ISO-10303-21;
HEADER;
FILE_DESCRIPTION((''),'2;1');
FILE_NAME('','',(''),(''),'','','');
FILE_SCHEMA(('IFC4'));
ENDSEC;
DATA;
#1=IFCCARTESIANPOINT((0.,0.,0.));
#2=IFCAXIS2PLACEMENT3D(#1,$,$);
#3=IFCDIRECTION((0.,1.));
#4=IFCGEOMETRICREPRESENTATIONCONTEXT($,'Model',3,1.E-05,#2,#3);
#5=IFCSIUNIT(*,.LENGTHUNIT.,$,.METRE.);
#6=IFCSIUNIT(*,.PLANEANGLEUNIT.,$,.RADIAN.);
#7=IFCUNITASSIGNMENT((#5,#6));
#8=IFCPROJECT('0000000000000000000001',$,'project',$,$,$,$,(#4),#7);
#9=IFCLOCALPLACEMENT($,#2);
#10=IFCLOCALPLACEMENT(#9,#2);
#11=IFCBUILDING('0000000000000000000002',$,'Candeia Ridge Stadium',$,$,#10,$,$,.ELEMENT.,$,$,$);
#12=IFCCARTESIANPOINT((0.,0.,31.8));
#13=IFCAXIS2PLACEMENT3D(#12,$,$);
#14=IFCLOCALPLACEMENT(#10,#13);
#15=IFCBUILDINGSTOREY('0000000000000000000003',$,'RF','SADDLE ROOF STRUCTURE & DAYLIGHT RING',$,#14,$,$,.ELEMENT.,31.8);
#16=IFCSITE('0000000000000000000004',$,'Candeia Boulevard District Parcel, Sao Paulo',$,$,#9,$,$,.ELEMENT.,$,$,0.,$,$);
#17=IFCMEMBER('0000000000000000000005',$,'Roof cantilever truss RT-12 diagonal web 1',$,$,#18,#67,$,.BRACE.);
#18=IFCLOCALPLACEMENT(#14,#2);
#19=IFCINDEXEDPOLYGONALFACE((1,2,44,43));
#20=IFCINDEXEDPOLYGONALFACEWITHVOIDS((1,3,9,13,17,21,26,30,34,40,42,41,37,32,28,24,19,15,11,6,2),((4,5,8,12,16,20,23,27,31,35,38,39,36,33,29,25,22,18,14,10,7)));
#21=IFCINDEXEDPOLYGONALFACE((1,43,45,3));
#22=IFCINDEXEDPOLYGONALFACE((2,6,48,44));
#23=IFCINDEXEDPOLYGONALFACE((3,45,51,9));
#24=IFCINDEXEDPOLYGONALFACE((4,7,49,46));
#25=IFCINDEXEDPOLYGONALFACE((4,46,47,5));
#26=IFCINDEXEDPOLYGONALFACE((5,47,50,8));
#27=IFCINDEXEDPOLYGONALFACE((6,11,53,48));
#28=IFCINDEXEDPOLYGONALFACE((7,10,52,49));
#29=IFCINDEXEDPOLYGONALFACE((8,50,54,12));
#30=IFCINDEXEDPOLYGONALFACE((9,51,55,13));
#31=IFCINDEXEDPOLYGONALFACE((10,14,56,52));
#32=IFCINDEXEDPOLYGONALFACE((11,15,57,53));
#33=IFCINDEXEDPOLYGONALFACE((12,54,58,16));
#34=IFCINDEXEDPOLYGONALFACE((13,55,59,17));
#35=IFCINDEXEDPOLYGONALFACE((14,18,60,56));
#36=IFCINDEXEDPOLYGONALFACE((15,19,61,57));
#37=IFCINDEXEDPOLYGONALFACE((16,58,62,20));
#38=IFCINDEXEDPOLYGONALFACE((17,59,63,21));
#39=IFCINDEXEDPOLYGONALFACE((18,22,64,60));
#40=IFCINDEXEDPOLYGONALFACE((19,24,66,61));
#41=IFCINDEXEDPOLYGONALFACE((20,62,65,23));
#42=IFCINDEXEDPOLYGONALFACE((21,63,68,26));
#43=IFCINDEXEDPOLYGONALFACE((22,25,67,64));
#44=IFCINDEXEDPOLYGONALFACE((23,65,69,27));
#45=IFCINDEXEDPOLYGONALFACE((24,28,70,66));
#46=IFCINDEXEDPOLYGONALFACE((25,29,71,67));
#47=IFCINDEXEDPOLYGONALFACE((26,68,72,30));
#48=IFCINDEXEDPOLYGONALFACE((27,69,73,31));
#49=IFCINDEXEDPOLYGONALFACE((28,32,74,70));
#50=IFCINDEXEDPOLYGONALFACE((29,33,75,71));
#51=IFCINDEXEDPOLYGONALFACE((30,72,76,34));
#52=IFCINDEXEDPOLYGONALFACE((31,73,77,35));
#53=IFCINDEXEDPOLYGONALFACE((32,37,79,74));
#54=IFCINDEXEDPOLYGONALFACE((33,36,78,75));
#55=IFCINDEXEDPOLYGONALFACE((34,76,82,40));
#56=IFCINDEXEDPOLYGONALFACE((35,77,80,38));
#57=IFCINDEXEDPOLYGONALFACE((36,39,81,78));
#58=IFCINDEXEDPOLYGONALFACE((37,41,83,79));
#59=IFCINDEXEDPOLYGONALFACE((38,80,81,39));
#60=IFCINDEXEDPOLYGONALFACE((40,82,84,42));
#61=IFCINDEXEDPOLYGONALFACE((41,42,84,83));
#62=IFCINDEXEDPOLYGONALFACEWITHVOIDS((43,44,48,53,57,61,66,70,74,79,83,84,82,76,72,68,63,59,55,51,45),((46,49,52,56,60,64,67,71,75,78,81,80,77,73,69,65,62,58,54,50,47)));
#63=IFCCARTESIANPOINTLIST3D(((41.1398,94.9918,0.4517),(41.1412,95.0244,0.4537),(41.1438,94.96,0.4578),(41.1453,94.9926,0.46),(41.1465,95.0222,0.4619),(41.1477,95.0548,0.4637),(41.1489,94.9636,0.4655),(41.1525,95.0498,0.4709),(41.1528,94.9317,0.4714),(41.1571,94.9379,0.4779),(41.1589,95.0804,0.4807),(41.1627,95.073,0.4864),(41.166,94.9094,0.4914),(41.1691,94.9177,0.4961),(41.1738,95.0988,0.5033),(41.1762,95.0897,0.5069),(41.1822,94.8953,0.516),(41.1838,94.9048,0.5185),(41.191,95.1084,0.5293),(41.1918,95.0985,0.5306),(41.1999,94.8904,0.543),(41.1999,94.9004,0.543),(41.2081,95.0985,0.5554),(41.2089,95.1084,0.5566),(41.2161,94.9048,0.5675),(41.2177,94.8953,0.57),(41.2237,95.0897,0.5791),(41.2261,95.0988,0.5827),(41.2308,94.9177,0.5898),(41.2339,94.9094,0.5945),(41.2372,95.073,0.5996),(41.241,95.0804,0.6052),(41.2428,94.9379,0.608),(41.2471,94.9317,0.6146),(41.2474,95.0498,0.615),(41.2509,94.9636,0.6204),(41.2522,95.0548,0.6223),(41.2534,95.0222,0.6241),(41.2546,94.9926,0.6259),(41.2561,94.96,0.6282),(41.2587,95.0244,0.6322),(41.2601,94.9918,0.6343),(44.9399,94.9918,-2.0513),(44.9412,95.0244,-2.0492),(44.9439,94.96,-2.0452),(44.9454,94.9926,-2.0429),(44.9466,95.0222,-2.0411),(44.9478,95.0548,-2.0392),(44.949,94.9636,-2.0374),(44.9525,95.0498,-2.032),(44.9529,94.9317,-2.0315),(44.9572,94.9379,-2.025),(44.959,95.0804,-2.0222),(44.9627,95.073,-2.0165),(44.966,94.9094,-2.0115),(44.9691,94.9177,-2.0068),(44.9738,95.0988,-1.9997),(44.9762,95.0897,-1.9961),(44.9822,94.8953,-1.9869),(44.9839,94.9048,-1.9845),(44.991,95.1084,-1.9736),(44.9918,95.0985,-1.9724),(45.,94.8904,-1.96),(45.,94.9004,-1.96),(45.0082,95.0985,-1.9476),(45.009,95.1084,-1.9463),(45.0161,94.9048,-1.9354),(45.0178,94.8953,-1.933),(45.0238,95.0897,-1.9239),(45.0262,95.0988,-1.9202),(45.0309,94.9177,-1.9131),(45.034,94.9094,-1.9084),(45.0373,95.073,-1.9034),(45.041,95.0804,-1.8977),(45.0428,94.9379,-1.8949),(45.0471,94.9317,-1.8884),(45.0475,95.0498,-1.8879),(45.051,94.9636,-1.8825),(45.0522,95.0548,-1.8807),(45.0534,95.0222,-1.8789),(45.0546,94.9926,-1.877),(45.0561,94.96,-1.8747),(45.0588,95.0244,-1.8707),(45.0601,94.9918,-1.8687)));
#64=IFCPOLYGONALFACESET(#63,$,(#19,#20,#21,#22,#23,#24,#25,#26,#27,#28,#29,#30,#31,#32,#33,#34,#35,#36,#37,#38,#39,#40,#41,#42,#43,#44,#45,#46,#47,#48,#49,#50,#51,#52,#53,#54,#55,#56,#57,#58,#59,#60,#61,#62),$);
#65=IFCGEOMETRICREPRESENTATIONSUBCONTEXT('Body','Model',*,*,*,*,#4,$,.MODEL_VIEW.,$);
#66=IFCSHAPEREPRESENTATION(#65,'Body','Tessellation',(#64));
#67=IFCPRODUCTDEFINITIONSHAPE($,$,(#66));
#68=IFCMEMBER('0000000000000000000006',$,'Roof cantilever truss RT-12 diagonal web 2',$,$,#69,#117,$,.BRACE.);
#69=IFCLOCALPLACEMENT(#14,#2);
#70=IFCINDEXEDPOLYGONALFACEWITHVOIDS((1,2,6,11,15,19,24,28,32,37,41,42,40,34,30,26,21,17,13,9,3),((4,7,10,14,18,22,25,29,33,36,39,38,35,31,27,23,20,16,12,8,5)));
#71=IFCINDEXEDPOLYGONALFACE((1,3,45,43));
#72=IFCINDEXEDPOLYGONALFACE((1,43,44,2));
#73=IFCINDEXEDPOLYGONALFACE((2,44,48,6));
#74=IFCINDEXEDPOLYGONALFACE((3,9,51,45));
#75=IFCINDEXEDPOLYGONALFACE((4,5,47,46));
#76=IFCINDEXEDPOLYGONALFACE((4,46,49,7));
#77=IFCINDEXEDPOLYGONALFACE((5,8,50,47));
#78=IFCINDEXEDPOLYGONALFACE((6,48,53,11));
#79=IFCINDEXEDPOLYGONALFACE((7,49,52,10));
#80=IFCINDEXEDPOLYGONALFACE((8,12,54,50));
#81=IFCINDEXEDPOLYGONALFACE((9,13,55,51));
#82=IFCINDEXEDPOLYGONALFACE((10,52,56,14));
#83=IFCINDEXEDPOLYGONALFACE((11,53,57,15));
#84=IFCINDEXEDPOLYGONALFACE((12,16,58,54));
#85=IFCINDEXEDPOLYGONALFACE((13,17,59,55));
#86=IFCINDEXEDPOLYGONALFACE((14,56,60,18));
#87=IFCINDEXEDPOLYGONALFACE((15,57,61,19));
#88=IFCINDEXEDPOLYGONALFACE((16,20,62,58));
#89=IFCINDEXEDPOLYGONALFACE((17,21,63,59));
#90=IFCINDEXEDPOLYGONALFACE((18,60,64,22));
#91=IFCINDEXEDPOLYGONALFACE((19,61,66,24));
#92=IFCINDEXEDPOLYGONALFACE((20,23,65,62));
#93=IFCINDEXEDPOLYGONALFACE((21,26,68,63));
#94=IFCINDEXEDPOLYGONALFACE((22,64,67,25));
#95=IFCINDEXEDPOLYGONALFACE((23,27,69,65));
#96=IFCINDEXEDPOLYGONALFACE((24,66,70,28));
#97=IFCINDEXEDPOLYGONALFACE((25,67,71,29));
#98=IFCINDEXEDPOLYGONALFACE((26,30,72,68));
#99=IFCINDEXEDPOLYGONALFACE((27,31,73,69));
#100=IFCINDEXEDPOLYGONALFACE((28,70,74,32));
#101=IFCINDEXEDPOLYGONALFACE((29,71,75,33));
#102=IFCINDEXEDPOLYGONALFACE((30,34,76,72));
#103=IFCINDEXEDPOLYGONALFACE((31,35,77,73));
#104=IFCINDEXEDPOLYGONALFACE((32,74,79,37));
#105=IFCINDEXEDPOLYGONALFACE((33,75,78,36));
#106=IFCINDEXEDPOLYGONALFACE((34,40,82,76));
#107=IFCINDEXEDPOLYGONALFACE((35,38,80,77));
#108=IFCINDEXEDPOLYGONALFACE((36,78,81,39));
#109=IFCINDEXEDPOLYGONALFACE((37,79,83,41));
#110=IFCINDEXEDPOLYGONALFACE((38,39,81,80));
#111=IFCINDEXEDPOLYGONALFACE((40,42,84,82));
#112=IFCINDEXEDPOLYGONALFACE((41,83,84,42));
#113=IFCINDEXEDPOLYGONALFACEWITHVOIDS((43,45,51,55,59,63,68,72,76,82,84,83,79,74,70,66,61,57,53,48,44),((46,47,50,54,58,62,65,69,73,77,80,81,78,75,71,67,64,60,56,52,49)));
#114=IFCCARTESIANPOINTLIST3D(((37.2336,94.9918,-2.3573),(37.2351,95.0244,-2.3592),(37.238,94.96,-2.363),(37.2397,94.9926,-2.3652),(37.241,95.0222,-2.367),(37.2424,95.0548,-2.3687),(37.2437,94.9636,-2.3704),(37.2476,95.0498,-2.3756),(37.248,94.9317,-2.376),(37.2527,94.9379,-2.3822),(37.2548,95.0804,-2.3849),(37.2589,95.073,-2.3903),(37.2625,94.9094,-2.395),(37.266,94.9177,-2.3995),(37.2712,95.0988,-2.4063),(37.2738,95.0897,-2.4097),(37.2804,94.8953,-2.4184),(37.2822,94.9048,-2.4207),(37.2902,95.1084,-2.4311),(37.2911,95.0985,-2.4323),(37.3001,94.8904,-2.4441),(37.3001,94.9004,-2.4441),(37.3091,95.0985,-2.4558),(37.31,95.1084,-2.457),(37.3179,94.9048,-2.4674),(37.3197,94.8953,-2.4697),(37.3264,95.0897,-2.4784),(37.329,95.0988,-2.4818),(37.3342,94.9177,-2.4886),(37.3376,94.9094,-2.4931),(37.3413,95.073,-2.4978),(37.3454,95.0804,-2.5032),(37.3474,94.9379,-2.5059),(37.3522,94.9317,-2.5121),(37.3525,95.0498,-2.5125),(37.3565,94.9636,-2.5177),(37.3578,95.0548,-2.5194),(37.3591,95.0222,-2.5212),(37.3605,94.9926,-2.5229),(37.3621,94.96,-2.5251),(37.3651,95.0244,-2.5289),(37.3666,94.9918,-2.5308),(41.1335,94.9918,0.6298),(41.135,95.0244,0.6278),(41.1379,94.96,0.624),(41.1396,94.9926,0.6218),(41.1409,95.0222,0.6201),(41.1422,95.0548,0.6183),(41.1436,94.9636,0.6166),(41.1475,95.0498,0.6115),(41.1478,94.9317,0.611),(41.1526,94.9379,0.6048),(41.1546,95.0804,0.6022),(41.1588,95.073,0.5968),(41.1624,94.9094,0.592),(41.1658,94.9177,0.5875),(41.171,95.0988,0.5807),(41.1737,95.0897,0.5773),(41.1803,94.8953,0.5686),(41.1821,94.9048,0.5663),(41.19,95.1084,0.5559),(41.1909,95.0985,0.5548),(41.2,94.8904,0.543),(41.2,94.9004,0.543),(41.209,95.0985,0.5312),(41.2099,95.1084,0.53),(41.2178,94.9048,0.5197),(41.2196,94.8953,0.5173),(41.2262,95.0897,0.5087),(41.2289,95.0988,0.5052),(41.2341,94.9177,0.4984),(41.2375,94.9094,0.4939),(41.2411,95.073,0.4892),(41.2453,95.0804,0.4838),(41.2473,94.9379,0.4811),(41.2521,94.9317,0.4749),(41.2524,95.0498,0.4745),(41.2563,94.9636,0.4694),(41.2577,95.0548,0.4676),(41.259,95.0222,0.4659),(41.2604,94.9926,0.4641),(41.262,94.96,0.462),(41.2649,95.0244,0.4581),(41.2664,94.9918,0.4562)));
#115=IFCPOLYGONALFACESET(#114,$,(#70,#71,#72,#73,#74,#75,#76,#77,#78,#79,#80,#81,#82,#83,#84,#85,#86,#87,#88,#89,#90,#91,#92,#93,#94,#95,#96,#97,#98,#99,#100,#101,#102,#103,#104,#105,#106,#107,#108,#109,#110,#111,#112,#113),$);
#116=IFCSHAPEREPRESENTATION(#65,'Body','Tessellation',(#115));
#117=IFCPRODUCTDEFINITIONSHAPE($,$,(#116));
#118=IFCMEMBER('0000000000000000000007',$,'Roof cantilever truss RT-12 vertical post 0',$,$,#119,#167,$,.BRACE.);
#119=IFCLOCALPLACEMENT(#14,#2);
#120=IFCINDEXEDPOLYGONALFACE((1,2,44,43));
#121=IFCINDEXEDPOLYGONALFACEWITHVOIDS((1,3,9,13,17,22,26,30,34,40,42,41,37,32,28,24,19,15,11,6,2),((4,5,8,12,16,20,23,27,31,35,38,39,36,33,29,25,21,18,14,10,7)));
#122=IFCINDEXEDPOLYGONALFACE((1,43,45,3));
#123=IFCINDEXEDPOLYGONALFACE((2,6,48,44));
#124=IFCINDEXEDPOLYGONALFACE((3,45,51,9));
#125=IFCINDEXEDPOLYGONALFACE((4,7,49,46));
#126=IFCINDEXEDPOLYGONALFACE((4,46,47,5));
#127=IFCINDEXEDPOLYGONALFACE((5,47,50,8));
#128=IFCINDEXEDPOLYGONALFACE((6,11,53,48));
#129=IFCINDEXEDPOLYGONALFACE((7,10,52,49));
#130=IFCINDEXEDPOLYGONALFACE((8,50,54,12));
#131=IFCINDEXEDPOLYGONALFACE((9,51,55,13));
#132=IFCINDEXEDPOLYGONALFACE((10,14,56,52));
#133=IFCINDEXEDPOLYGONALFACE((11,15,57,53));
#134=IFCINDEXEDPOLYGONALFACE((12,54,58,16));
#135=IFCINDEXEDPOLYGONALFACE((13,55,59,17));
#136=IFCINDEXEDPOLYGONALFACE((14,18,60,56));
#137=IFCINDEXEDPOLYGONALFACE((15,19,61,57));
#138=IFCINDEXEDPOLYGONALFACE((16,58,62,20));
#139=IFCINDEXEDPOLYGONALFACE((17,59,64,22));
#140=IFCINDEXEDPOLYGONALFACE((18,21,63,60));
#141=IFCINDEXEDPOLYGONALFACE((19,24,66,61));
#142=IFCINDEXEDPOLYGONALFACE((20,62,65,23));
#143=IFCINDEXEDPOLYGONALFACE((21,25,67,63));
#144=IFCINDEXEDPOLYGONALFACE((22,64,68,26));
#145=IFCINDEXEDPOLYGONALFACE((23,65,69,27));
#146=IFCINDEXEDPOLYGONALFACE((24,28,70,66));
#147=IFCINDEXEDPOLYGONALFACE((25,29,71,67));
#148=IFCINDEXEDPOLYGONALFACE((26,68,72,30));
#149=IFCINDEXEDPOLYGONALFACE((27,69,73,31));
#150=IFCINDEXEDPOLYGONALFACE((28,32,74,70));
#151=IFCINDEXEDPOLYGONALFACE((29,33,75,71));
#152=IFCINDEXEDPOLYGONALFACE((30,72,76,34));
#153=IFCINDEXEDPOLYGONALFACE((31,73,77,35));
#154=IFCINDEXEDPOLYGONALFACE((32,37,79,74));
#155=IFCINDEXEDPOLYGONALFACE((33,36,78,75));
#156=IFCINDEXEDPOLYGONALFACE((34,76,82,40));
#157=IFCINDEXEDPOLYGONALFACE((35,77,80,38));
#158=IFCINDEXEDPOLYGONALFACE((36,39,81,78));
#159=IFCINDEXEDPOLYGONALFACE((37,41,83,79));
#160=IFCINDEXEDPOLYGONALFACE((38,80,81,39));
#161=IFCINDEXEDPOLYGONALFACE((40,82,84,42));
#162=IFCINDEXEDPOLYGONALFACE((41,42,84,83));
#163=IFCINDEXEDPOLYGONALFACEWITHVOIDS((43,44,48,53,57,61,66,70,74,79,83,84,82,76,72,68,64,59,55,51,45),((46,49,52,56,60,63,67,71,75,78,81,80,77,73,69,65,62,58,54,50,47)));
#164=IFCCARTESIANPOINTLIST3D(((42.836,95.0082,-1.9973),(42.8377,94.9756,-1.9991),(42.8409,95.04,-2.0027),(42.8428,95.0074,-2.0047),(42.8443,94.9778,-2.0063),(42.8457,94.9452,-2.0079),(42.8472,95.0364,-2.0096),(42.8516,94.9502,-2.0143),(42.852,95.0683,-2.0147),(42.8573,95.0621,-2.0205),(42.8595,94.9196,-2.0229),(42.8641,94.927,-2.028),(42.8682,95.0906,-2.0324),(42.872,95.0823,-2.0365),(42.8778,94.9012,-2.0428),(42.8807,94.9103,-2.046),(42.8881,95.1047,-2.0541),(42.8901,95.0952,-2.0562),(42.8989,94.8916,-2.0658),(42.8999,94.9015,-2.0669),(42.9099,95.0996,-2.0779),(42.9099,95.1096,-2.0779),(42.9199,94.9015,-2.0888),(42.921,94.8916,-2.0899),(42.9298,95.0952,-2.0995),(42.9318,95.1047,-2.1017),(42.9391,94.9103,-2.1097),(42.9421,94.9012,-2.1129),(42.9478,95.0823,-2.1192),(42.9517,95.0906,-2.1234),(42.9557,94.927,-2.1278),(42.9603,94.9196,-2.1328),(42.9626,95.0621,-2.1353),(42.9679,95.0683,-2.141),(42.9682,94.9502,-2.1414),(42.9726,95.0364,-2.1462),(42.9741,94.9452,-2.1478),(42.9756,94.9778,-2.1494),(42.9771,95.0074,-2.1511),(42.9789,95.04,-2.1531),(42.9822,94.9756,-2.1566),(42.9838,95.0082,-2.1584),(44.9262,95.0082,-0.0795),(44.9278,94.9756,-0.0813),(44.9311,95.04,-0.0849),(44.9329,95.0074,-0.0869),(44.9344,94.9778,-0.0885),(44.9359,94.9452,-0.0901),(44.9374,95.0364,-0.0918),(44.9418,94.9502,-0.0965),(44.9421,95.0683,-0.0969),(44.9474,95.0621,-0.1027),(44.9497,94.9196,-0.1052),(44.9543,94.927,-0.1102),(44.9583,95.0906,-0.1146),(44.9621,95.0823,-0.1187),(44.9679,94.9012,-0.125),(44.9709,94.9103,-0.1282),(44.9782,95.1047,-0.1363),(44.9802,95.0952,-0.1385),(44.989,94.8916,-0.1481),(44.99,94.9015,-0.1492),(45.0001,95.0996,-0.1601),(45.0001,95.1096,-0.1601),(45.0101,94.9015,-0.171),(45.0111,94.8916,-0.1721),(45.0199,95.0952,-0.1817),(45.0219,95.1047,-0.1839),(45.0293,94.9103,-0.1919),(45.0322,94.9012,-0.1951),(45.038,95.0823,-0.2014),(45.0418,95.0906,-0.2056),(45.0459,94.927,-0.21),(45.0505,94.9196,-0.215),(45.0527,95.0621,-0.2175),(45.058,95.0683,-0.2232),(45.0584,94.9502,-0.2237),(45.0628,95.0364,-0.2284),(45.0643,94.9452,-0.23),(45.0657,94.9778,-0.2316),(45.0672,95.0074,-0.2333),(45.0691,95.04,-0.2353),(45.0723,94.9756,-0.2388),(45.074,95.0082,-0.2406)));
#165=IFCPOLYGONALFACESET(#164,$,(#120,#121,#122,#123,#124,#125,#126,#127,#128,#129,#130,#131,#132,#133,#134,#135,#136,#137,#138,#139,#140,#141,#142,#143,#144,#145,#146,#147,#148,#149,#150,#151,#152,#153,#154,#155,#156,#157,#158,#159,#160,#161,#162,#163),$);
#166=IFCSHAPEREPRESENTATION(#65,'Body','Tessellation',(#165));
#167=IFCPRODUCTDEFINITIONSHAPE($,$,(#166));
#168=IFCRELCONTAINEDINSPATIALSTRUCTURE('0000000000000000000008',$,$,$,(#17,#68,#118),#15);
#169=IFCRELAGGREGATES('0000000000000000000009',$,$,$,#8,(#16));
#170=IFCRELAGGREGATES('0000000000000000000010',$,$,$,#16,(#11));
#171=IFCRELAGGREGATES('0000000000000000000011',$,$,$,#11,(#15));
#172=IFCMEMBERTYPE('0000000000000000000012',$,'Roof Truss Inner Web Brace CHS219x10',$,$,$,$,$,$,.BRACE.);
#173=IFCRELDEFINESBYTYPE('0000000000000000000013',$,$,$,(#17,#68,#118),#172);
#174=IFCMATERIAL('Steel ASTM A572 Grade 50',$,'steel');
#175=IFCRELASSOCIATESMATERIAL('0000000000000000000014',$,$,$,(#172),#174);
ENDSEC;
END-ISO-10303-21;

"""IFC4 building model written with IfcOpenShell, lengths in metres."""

from ifc_helpers import new_model, si_unit, direction, frame, origin, origin_2d, place, context, subcontext, project, spatial, hollow_circle, extrude, material, material_profile, profile_set, type_object, element, save


model = new_model("IFC4")

# Units and contexts
model_context = context("Model", 3, precision=1e-05, world=origin(), true_north=direction((0.0, 1.0)))
body_context = subcontext(model_context, "Body", "Model", "MODEL_VIEW")
ifc_project = project(units=[si_unit("LENGTHUNIT", "METRE"), si_unit("PLANEANGLEUNIT", "RADIAN")], contexts=[model_context])

# Site, building, storey
site_placement = place(None, origin())
site = spatial("IfcSite", under=ifc_project, at=site_placement, Name="Candeia Boulevard District Parcel, Sao Paulo", CompositionType="ELEMENT", RefElevation=0.0)
building_placement = place(site_placement, origin())
building = spatial("IfcBuilding", under=site, at=building_placement, Name="Candeia Ridge Stadium", CompositionType="ELEMENT")
storey_placement = place(building_placement, frame((0.0, 0.0, 31.8)))
storey = spatial("IfcBuildingStorey", under=building, at=storey_placement, Name="RF", Description="SADDLE ROOF STRUCTURE & DAYLIGHT RING", CompositionType="ELEMENT", Elevation=31.8)

# Shared definitions
ifc_material_1 = material(Name="Steel ASTM A572 Grade 50", Category="steel")

# Members
ifc_material_profile_1 = material_profile(ifc_material_1, hollow_circle(Radius=0.1096, WallThickness=0.01, at=origin_2d()), Name="CHS219x10", Category="steel")
ifc_profile_set_1 = profile_set([ifc_material_profile_1], Name="Steel ASTM A572 Grade 50")
member_type_1 = type_object("IfcMemberType", Name="Roof Truss Inner Web Brace CHS219x10", PredefinedType="BRACE", material=ifc_profile_set_1)
member_1_placement = place(storey_placement, frame((45.0, 95.0, -1.96), z_axis=(-0.835125, 0.0, 0.550061), x_axis=(0.0, -1.0, 0.0)))
element("IfcMember", 1, at=member_1_placement, inside=storey, type_object=member_type_1, Name="Roof cantilever truss RT-12 diagonal web 1", PredefinedType="BRACE", context=body_context, shape_type="SweptSolid", body=[
    extrude(hollow_circle(Radius=0.1096, WallThickness=0.01, at=origin_2d()), origin(), (0.0, 0.0, 1.0), 4.5503),
])
member_2_placement = place(storey_placement, frame((41.2, 95.0, 0.543), z_axis=(-0.793888, 0.0, -0.608064), x_axis=(0.0, -1.0, 0.0)))
element("IfcMember", 2, at=member_2_placement, inside=storey, type_object=member_type_1, Name="Roof cantilever truss RT-12 diagonal web 2", PredefinedType="BRACE", context=body_context, shape_type="SweptSolid", body=[
    extrude(hollow_circle(Radius=0.1096, WallThickness=0.01, at=origin_2d()), origin(), (0.0, 0.0, 1.0), 4.9124),
])
member_3_placement = place(storey_placement, frame((42.9099, 95.0, -2.0779), z_axis=(0.736836, 0.0, 0.676071), x_axis=(0.0, 1.0, 0.0)))
element("IfcMember", 3, at=member_3_placement, inside=storey, type_object=member_type_1, Name="Roof cantilever truss RT-12 vertical post 0", PredefinedType="BRACE", context=body_context, shape_type="SweptSolid", body=[
    extrude(hollow_circle(Radius=0.1096, WallThickness=0.01, at=origin_2d()), origin(), (0.0, 0.0, 1.0), 2.8367),
])

save(model, "model.ifc")
